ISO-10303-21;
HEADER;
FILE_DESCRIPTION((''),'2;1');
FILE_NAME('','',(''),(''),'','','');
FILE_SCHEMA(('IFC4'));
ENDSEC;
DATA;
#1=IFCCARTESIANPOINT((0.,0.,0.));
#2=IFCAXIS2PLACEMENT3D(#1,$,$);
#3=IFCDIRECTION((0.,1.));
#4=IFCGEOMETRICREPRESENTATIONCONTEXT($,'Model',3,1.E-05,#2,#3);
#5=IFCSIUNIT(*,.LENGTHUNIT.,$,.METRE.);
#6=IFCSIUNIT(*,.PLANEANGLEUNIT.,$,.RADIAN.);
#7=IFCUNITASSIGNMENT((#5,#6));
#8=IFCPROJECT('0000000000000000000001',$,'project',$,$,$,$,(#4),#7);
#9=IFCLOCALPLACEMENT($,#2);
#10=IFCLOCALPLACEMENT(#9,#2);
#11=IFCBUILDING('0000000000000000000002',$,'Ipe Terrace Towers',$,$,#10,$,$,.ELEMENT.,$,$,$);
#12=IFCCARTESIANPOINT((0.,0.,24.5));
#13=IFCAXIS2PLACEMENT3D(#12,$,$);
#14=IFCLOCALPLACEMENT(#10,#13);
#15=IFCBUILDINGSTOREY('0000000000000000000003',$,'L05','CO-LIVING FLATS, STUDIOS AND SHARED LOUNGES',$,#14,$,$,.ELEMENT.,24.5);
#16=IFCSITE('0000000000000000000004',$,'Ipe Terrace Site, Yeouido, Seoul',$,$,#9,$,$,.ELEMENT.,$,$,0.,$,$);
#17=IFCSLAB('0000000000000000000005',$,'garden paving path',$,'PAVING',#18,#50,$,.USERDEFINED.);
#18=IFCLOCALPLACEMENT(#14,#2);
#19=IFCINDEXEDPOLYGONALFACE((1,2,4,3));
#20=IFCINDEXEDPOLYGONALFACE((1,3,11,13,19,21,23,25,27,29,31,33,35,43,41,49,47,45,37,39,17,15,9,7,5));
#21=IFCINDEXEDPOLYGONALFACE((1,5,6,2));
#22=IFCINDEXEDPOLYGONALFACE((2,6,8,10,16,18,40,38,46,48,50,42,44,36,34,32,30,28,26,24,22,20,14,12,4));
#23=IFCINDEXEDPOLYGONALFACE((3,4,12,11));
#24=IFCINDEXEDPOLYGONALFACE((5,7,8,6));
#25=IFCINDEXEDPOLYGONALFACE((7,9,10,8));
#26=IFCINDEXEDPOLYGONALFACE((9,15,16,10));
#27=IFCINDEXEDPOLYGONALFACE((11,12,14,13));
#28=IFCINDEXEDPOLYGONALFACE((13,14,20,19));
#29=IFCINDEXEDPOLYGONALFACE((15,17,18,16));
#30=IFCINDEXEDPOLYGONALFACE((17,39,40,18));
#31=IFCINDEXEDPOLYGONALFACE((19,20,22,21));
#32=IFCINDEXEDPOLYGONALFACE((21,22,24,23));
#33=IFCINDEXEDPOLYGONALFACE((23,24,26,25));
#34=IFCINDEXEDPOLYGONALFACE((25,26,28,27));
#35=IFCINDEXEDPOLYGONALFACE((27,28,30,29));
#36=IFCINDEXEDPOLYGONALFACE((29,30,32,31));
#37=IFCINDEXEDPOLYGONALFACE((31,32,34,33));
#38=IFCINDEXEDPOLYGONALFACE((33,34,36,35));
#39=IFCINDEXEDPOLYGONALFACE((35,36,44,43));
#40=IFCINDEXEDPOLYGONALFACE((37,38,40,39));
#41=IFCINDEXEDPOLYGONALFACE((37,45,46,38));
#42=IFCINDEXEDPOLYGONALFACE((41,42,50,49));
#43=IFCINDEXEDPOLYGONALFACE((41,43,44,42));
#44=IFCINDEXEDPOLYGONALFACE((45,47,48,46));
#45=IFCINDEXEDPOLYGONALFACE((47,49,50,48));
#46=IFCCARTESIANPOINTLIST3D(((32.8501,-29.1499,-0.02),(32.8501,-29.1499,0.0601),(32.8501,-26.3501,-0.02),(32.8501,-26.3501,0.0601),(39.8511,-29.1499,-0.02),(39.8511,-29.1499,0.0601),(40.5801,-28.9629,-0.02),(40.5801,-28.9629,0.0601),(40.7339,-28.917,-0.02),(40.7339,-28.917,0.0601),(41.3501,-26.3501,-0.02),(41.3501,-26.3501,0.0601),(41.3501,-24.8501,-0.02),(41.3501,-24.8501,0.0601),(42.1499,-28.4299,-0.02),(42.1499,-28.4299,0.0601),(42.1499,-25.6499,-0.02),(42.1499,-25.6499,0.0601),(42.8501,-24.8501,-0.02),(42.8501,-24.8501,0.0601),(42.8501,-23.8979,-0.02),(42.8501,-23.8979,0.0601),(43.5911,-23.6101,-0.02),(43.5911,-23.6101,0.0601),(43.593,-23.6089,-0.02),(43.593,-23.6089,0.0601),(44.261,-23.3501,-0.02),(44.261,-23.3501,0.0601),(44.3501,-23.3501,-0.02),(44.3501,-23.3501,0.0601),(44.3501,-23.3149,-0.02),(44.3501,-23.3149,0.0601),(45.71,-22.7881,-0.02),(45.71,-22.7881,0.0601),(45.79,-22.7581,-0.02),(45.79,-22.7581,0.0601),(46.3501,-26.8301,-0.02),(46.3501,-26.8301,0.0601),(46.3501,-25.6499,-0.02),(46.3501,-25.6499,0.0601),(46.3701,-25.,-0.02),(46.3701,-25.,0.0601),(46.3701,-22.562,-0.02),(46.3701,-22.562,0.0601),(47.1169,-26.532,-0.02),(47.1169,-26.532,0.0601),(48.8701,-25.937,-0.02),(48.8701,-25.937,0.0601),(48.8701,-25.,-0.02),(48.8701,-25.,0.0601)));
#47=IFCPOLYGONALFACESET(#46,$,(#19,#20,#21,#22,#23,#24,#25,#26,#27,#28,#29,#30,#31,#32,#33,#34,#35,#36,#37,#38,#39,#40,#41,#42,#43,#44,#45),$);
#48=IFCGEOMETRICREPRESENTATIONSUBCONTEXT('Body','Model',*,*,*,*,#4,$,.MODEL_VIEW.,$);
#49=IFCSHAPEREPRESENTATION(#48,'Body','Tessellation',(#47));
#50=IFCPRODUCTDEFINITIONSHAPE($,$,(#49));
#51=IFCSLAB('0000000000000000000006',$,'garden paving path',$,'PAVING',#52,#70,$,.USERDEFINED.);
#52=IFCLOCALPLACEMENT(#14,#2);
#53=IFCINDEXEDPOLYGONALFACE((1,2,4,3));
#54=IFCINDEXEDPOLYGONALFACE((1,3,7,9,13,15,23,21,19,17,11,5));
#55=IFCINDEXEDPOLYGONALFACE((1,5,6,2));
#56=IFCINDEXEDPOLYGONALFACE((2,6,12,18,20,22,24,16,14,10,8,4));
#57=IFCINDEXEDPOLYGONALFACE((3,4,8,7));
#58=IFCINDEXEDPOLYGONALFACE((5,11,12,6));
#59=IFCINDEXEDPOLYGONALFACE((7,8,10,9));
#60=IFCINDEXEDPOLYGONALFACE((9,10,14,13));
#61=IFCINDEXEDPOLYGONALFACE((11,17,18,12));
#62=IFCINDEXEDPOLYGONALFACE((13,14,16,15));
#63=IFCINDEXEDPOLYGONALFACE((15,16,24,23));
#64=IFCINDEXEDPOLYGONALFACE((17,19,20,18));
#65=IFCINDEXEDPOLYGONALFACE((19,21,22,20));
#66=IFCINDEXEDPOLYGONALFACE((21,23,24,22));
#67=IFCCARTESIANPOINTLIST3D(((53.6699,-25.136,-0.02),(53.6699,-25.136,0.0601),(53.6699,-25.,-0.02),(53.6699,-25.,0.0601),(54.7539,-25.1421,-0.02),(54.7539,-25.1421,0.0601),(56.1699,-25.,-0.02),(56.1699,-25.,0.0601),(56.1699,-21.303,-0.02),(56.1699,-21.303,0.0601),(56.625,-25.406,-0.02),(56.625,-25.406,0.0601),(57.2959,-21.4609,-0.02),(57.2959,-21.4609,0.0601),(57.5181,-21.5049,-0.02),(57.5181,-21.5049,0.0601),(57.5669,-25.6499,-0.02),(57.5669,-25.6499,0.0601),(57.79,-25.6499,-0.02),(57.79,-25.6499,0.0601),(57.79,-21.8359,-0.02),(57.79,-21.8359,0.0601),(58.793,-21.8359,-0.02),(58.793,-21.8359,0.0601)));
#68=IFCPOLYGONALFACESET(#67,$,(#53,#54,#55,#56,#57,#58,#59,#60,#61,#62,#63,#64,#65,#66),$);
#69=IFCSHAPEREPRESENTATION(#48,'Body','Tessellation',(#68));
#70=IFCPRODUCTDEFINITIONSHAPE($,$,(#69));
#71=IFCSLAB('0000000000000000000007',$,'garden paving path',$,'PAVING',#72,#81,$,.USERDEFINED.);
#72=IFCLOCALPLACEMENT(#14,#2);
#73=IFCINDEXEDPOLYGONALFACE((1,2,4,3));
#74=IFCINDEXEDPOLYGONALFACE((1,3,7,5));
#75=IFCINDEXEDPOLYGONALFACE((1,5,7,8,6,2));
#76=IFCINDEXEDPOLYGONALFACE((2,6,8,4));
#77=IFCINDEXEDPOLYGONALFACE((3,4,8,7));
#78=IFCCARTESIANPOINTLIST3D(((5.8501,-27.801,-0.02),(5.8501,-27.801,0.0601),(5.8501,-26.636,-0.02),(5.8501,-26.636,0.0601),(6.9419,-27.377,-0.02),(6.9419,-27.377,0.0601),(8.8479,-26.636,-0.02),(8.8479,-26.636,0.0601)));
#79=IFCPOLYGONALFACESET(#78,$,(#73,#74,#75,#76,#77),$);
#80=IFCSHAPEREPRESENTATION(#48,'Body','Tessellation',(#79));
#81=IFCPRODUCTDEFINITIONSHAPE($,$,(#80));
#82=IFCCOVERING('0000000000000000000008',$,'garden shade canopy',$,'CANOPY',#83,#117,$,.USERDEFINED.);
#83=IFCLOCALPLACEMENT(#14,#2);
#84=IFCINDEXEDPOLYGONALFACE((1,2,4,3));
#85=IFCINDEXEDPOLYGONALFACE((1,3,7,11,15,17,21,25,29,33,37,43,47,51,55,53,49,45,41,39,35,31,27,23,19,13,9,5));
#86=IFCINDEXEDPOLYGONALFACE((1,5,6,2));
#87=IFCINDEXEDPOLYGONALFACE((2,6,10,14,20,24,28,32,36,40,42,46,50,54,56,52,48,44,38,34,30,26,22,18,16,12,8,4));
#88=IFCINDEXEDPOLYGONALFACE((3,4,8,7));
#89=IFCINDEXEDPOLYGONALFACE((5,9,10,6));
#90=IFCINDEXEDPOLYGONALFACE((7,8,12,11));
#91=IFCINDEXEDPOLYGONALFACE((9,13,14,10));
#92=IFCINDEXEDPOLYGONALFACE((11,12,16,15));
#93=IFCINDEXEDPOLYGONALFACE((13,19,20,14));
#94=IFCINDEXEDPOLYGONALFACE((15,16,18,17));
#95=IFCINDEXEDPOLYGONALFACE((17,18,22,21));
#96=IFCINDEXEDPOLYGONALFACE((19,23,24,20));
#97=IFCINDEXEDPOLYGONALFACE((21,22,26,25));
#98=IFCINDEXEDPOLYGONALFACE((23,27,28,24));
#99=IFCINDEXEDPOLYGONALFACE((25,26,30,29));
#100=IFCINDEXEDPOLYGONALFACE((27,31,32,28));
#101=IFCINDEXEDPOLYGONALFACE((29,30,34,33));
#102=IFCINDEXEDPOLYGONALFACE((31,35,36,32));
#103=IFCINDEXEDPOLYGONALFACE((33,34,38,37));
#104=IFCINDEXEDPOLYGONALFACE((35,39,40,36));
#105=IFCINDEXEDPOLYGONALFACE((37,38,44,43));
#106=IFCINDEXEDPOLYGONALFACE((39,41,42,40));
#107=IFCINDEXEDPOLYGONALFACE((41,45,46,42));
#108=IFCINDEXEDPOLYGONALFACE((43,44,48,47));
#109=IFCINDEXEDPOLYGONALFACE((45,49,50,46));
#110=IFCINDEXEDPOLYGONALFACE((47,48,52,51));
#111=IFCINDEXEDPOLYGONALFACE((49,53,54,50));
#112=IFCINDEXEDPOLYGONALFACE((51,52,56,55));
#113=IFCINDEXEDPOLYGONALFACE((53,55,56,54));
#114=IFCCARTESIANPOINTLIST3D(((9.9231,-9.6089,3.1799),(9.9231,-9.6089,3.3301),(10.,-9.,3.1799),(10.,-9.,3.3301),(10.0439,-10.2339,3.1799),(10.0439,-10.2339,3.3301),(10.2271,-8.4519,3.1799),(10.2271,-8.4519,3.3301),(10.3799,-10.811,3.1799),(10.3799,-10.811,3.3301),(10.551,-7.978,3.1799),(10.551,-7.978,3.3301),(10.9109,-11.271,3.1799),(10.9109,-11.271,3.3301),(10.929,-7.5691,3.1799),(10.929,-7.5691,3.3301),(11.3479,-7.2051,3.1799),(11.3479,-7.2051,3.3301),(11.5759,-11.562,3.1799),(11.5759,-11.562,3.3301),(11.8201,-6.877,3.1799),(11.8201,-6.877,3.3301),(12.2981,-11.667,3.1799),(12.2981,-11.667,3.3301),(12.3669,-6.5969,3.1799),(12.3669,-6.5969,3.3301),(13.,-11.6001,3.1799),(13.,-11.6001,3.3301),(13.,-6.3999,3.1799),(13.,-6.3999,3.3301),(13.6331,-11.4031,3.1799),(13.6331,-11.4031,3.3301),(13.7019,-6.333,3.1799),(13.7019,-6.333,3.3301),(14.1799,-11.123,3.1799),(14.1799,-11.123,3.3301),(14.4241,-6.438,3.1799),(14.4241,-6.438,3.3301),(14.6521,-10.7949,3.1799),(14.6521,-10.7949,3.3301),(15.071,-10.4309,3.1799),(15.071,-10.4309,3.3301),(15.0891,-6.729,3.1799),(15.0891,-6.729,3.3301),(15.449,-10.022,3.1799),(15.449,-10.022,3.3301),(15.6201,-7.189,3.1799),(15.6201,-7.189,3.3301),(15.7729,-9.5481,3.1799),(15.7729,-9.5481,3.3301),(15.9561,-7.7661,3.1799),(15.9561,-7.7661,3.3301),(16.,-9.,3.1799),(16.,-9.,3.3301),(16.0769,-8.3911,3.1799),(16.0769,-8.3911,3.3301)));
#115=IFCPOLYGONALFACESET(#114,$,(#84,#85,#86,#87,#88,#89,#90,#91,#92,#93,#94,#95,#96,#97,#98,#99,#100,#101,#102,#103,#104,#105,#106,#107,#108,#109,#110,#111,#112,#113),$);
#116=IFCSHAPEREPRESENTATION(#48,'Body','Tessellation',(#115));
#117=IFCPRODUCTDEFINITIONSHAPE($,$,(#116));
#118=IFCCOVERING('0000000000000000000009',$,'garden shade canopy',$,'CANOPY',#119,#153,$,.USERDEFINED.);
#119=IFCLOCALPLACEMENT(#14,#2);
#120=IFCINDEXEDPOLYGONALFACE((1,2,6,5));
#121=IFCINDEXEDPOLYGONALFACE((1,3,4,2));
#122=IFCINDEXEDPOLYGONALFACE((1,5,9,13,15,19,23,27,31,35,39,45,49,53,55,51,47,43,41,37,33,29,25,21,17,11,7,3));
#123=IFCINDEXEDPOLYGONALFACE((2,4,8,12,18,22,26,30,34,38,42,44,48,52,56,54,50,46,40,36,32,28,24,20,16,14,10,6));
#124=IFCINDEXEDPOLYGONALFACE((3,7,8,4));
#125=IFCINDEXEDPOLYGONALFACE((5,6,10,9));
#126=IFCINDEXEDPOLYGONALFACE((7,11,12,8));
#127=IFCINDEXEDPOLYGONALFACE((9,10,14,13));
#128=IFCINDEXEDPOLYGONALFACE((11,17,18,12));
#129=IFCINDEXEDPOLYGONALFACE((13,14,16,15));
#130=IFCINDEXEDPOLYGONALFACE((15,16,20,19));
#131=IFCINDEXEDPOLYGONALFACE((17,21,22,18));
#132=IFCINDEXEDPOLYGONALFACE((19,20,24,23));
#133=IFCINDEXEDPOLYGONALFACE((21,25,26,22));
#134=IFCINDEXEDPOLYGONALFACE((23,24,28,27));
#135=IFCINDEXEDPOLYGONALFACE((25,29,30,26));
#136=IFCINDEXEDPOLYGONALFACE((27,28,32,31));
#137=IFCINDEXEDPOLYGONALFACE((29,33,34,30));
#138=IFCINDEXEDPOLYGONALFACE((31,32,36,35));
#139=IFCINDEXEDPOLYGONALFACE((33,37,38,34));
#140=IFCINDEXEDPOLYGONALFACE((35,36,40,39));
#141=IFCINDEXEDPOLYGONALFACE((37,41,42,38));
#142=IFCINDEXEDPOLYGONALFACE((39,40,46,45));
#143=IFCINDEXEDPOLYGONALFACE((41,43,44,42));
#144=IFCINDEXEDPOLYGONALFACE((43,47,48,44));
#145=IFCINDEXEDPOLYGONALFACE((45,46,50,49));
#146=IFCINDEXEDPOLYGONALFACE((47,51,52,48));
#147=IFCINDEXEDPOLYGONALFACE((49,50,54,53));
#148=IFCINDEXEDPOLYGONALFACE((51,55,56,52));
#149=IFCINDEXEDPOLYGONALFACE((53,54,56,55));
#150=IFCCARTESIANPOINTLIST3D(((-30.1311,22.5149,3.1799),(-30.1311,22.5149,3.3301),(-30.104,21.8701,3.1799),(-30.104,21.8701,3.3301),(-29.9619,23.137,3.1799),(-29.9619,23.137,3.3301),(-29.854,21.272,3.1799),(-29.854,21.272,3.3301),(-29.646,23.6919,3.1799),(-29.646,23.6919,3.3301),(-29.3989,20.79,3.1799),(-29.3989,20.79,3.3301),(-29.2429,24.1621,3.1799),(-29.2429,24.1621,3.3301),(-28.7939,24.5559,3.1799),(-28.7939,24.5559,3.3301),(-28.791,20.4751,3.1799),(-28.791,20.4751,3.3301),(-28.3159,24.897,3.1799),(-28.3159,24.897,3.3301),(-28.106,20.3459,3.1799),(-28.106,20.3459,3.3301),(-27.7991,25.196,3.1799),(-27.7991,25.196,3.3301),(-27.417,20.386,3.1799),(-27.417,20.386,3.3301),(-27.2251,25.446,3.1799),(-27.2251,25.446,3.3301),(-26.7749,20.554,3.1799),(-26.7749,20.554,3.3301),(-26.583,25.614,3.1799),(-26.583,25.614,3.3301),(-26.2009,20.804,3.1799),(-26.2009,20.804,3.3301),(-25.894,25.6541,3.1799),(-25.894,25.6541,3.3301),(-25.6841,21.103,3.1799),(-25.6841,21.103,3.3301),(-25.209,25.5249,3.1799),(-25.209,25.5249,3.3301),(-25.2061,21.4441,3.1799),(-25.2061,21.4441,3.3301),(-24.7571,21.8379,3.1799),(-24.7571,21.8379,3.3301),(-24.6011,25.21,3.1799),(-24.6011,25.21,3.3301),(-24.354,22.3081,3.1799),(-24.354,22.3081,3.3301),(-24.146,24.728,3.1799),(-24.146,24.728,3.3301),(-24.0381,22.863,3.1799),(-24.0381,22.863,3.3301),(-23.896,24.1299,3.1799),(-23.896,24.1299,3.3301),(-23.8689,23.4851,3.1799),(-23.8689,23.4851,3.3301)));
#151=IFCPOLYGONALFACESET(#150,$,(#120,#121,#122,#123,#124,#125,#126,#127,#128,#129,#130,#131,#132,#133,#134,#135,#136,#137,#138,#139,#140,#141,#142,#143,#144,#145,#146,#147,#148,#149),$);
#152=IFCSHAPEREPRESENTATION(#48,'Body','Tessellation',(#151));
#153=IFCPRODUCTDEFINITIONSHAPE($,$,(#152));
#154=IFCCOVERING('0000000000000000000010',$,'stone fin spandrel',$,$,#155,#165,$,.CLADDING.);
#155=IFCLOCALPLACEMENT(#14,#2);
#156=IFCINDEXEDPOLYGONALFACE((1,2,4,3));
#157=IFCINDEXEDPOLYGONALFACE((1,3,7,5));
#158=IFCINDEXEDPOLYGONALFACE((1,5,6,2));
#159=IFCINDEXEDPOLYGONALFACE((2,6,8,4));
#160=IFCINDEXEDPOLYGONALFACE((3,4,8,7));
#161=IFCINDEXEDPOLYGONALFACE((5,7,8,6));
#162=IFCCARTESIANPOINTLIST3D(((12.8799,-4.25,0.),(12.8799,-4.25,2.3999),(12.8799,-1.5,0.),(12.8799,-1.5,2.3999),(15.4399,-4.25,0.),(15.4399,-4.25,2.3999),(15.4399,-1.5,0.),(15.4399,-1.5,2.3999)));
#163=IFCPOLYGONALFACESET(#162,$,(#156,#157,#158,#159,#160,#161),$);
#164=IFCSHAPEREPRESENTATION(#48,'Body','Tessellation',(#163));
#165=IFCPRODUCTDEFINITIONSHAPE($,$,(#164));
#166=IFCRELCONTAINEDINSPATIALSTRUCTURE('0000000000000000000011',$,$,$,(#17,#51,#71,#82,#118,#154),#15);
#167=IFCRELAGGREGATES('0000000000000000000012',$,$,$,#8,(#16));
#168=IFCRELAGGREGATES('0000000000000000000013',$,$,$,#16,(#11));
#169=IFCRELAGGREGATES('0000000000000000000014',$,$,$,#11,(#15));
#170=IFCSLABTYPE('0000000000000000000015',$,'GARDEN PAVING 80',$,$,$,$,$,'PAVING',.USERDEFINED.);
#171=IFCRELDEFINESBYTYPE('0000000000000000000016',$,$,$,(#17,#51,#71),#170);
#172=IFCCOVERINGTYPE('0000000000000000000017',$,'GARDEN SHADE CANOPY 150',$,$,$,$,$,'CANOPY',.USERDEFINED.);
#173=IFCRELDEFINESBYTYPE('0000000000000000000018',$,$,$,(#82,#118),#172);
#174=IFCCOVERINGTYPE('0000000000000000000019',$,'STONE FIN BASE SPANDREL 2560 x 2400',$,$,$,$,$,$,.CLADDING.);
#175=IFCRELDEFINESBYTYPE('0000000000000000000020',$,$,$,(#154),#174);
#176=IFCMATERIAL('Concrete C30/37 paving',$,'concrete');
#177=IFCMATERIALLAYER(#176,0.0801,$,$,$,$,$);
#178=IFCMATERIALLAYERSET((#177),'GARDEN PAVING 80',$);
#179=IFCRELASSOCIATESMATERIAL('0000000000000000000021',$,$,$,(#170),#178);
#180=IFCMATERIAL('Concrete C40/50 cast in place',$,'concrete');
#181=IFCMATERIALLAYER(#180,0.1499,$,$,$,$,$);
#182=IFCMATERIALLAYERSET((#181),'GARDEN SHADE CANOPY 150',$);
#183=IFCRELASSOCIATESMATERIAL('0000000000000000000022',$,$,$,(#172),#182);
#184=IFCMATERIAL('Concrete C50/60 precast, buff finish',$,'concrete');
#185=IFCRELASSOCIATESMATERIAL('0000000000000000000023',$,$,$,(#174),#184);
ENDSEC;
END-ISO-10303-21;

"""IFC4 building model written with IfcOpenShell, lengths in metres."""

from ifc_helpers import new_model, si_unit, direction, frame, origin, origin_2d, place, context, subcontext, project, spatial, polyline, rectangle, outline, extrude, material, layer, layer_set, material_profile, profile_set, type_object, element, save


model = new_model("IFC4")

# Units and contexts
model_context = context("Model", 3, precision=1e-05, world=origin(), true_north=direction((0.0, 1.0)))
body_context = subcontext(model_context, "Body", "Model", "MODEL_VIEW")
ifc_project = project(units=[si_unit("LENGTHUNIT", "METRE"), si_unit("PLANEANGLEUNIT", "RADIAN")], contexts=[model_context])

# Site, building, storey
site_placement = place(None, origin())
site = spatial("IfcSite", under=ifc_project, at=site_placement, Name="Ipe Terrace Site, Yeouido, Seoul", CompositionType="ELEMENT", RefElevation=0.0)
building_placement = place(site_placement, origin())
building = spatial("IfcBuilding", under=site, at=building_placement, Name="Ipe Terrace Towers", CompositionType="ELEMENT")
storey_placement = place(building_placement, frame((0.0, 0.0, 24.5)))
storey = spatial("IfcBuildingStorey", under=building, at=storey_placement, Name="L05", Description="CO-LIVING FLATS, STUDIOS AND SHARED LOUNGES", CompositionType="ELEMENT", Elevation=24.5)

# Slabs
ifc_material_1 = material(Name="Concrete C30/37 paving", Category="concrete")
ifc_layer_1 = layer(ifc_material_1, 0.0801)
ifc_layer_set_1 = layer_set([ifc_layer_1], Name="GARDEN PAVING 80")
slab_type_1 = type_object("IfcSlabType", Name="GARDEN PAVING 80", ElementType="PAVING", PredefinedType="USERDEFINED", material=ifc_layer_set_1)
slab_1_placement = place(storey_placement, frame((0.0, 0.0, -0.02)))
element("IfcSlab", 1, at=slab_1_placement, inside=storey, type_object=slab_type_1, Name="garden paving path", ObjectType="PAVING", PredefinedType="USERDEFINED", context=body_context, shape_type="SweptSolid", body=[
    extrude(outline(polyline([(43.5911, -23.6101), (43.593, -23.6089), (44.261, -23.3501), (44.3501, -23.3501), (44.3501, -23.3149), (45.71, -22.7881), (45.79, -22.7581), (46.3701, -22.562), (46.3701, -25.0), (48.8701, -25.0), (48.8701, -25.937), (47.1169, -26.532), (46.3501, -26.8301), (46.3501, -25.6499), (42.1499, -25.6499), (42.1499, -28.4299), (40.7339, -28.917), (40.5801, -28.9629), (39.8511, -29.1499), (32.8501, -29.1499), (32.8501, -26.3501), (41.3501, -26.3501), (41.3501, -24.8501), (42.8501, -24.8501), (42.8501, -23.8979), (43.5911, -23.6101)])), origin(), (0.0, 0.0, 1.0), 0.0801),
])
slab_2_placement = place(storey_placement, frame((0.0, 0.0, -0.02)))
element("IfcSlab", 2, at=slab_2_placement, inside=storey, type_object=slab_type_1, Name="garden paving path", ObjectType="PAVING", PredefinedType="USERDEFINED", context=body_context, shape_type="SweptSolid", body=[
    extrude(outline(polyline([(57.2959, -21.4609), (57.5181, -21.5049), (58.793, -21.8359), (57.79, -21.8359), (57.79, -25.6499), (57.5669, -25.6499), (56.625, -25.406), (54.7539, -25.1421), (53.6699, -25.136), (53.6699, -25.0), (56.1699, -25.0), (56.1699, -21.303), (57.2959, -21.4609)])), origin(), (0.0, 0.0, 1.0), 0.0801),
])
slab_3_placement = place(storey_placement, frame((0.0, 0.0, -0.02)))
element("IfcSlab", 3, at=slab_3_placement, inside=storey, type_object=slab_type_1, Name="garden paving path", ObjectType="PAVING", PredefinedType="USERDEFINED", context=body_context, shape_type="SweptSolid", body=[
    extrude(outline(polyline([(6.9419, -27.377), (5.8501, -27.801), (5.8501, -26.636), (8.8479, -26.636), (6.9419, -27.377)])), origin(), (0.0, 0.0, 1.0), 0.0801),
])

# Coverings
ifc_material_2 = material(Name="Concrete C40/50 cast in place", Category="concrete")
ifc_layer_2 = layer(ifc_material_2, 0.1499)
ifc_layer_set_2 = layer_set([ifc_layer_2], Name="GARDEN SHADE CANOPY 150")
covering_type_1 = type_object("IfcCoveringType", Name="GARDEN SHADE CANOPY 150", ElementType="CANOPY", PredefinedType="USERDEFINED", material=ifc_layer_set_2)
covering_1_placement = place(storey_placement, frame((0.0, 0.0, 3.1799)))
element("IfcCovering", 4, at=covering_1_placement, inside=storey, type_object=covering_type_1, Name="garden shade canopy", ObjectType="CANOPY", PredefinedType="USERDEFINED", context=body_context, shape_type="SweptSolid", body=[
    extrude(outline(polyline([(16.0, -9.0), (15.7729, -9.5481), (15.449, -10.022), (15.071, -10.4309), (14.6521, -10.7949), (14.1799, -11.123), (13.6331, -11.4031), (13.0, -11.6001), (12.2981, -11.667), (11.5759, -11.562), (10.9109, -11.271), (10.3799, -10.811), (10.0439, -10.2339), (9.9231, -9.6089), (10.0, -9.0), (10.2271, -8.4519), (10.551, -7.978), (10.929, -7.5691), (11.3479, -7.2051), (11.8201, -6.877), (12.3669, -6.5969), (13.0, -6.3999), (13.7019, -6.333), (14.4241, -6.438), (15.0891, -6.729), (15.6201, -7.189), (15.9561, -7.7661), (16.0769, -8.3911), (16.0, -9.0)])), origin(), (0.0, 0.0, 1.0), 0.1501),
])
covering_2_placement = place(storey_placement, frame((0.0, 0.0, 3.1799)))
element("IfcCovering", 5, at=covering_2_placement, inside=storey, type_object=covering_type_1, Name="garden shade canopy", ObjectType="CANOPY", PredefinedType="USERDEFINED", context=body_context, shape_type="SweptSolid", body=[
    extrude(outline(polyline([(-23.896, 24.1299), (-23.8689, 23.4851), (-24.0381, 22.863), (-24.354, 22.3081), (-24.7571, 21.8379), (-25.2061, 21.4441), (-25.6841, 21.103), (-26.2009, 20.804), (-26.7749, 20.554), (-27.417, 20.386), (-28.106, 20.3459), (-28.791, 20.4751), (-29.3989, 20.79), (-29.854, 21.272), (-30.104, 21.8701), (-30.1311, 22.5149), (-29.9619, 23.137), (-29.646, 23.6919), (-29.2429, 24.1621), (-28.7939, 24.5559), (-28.3159, 24.897), (-27.7991, 25.196), (-27.2251, 25.446), (-26.583, 25.614), (-25.894, 25.6541), (-25.209, 25.5249), (-24.6011, 25.21), (-24.146, 24.728), (-23.896, 24.1299)])), origin(), (0.0, 0.0, 1.0), 0.1501),
])
ifc_material_3 = material(Name="Concrete C50/60 precast, buff finish", Category="concrete")
ifc_material_profile = material_profile(ifc_material_3, rectangle(XDim=2.5601, YDim=2.3999, at=origin_2d()), Name="STONE FIN BASE SPANDREL 2560 x 2400")
ifc_profile_set = profile_set([ifc_material_profile], Name="Concrete C50/60 precast, buff finish")
covering_type_2 = type_object("IfcCoveringType", Name="STONE FIN BASE SPANDREL 2560 x 2400", PredefinedType="CLADDING", material=ifc_profile_set)
covering_3_placement = place(storey_placement, frame((14.1599, -1.5, 1.2), z_axis=(0.0, -1.0, 0.0), x_axis=(-1.0, 0.0, 0.0)))
element("IfcCovering", 6, at=covering_3_placement, inside=storey, type_object=covering_type_2, Name="stone fin spandrel", PredefinedType="CLADDING", context=body_context, shape_type="SweptSolid", body=[
    extrude(rectangle(XDim=2.5601, YDim=2.3999, at=origin_2d()), origin(), (0.0, 0.0, 1.0), 2.75),
])

save(model, "model.ifc")
